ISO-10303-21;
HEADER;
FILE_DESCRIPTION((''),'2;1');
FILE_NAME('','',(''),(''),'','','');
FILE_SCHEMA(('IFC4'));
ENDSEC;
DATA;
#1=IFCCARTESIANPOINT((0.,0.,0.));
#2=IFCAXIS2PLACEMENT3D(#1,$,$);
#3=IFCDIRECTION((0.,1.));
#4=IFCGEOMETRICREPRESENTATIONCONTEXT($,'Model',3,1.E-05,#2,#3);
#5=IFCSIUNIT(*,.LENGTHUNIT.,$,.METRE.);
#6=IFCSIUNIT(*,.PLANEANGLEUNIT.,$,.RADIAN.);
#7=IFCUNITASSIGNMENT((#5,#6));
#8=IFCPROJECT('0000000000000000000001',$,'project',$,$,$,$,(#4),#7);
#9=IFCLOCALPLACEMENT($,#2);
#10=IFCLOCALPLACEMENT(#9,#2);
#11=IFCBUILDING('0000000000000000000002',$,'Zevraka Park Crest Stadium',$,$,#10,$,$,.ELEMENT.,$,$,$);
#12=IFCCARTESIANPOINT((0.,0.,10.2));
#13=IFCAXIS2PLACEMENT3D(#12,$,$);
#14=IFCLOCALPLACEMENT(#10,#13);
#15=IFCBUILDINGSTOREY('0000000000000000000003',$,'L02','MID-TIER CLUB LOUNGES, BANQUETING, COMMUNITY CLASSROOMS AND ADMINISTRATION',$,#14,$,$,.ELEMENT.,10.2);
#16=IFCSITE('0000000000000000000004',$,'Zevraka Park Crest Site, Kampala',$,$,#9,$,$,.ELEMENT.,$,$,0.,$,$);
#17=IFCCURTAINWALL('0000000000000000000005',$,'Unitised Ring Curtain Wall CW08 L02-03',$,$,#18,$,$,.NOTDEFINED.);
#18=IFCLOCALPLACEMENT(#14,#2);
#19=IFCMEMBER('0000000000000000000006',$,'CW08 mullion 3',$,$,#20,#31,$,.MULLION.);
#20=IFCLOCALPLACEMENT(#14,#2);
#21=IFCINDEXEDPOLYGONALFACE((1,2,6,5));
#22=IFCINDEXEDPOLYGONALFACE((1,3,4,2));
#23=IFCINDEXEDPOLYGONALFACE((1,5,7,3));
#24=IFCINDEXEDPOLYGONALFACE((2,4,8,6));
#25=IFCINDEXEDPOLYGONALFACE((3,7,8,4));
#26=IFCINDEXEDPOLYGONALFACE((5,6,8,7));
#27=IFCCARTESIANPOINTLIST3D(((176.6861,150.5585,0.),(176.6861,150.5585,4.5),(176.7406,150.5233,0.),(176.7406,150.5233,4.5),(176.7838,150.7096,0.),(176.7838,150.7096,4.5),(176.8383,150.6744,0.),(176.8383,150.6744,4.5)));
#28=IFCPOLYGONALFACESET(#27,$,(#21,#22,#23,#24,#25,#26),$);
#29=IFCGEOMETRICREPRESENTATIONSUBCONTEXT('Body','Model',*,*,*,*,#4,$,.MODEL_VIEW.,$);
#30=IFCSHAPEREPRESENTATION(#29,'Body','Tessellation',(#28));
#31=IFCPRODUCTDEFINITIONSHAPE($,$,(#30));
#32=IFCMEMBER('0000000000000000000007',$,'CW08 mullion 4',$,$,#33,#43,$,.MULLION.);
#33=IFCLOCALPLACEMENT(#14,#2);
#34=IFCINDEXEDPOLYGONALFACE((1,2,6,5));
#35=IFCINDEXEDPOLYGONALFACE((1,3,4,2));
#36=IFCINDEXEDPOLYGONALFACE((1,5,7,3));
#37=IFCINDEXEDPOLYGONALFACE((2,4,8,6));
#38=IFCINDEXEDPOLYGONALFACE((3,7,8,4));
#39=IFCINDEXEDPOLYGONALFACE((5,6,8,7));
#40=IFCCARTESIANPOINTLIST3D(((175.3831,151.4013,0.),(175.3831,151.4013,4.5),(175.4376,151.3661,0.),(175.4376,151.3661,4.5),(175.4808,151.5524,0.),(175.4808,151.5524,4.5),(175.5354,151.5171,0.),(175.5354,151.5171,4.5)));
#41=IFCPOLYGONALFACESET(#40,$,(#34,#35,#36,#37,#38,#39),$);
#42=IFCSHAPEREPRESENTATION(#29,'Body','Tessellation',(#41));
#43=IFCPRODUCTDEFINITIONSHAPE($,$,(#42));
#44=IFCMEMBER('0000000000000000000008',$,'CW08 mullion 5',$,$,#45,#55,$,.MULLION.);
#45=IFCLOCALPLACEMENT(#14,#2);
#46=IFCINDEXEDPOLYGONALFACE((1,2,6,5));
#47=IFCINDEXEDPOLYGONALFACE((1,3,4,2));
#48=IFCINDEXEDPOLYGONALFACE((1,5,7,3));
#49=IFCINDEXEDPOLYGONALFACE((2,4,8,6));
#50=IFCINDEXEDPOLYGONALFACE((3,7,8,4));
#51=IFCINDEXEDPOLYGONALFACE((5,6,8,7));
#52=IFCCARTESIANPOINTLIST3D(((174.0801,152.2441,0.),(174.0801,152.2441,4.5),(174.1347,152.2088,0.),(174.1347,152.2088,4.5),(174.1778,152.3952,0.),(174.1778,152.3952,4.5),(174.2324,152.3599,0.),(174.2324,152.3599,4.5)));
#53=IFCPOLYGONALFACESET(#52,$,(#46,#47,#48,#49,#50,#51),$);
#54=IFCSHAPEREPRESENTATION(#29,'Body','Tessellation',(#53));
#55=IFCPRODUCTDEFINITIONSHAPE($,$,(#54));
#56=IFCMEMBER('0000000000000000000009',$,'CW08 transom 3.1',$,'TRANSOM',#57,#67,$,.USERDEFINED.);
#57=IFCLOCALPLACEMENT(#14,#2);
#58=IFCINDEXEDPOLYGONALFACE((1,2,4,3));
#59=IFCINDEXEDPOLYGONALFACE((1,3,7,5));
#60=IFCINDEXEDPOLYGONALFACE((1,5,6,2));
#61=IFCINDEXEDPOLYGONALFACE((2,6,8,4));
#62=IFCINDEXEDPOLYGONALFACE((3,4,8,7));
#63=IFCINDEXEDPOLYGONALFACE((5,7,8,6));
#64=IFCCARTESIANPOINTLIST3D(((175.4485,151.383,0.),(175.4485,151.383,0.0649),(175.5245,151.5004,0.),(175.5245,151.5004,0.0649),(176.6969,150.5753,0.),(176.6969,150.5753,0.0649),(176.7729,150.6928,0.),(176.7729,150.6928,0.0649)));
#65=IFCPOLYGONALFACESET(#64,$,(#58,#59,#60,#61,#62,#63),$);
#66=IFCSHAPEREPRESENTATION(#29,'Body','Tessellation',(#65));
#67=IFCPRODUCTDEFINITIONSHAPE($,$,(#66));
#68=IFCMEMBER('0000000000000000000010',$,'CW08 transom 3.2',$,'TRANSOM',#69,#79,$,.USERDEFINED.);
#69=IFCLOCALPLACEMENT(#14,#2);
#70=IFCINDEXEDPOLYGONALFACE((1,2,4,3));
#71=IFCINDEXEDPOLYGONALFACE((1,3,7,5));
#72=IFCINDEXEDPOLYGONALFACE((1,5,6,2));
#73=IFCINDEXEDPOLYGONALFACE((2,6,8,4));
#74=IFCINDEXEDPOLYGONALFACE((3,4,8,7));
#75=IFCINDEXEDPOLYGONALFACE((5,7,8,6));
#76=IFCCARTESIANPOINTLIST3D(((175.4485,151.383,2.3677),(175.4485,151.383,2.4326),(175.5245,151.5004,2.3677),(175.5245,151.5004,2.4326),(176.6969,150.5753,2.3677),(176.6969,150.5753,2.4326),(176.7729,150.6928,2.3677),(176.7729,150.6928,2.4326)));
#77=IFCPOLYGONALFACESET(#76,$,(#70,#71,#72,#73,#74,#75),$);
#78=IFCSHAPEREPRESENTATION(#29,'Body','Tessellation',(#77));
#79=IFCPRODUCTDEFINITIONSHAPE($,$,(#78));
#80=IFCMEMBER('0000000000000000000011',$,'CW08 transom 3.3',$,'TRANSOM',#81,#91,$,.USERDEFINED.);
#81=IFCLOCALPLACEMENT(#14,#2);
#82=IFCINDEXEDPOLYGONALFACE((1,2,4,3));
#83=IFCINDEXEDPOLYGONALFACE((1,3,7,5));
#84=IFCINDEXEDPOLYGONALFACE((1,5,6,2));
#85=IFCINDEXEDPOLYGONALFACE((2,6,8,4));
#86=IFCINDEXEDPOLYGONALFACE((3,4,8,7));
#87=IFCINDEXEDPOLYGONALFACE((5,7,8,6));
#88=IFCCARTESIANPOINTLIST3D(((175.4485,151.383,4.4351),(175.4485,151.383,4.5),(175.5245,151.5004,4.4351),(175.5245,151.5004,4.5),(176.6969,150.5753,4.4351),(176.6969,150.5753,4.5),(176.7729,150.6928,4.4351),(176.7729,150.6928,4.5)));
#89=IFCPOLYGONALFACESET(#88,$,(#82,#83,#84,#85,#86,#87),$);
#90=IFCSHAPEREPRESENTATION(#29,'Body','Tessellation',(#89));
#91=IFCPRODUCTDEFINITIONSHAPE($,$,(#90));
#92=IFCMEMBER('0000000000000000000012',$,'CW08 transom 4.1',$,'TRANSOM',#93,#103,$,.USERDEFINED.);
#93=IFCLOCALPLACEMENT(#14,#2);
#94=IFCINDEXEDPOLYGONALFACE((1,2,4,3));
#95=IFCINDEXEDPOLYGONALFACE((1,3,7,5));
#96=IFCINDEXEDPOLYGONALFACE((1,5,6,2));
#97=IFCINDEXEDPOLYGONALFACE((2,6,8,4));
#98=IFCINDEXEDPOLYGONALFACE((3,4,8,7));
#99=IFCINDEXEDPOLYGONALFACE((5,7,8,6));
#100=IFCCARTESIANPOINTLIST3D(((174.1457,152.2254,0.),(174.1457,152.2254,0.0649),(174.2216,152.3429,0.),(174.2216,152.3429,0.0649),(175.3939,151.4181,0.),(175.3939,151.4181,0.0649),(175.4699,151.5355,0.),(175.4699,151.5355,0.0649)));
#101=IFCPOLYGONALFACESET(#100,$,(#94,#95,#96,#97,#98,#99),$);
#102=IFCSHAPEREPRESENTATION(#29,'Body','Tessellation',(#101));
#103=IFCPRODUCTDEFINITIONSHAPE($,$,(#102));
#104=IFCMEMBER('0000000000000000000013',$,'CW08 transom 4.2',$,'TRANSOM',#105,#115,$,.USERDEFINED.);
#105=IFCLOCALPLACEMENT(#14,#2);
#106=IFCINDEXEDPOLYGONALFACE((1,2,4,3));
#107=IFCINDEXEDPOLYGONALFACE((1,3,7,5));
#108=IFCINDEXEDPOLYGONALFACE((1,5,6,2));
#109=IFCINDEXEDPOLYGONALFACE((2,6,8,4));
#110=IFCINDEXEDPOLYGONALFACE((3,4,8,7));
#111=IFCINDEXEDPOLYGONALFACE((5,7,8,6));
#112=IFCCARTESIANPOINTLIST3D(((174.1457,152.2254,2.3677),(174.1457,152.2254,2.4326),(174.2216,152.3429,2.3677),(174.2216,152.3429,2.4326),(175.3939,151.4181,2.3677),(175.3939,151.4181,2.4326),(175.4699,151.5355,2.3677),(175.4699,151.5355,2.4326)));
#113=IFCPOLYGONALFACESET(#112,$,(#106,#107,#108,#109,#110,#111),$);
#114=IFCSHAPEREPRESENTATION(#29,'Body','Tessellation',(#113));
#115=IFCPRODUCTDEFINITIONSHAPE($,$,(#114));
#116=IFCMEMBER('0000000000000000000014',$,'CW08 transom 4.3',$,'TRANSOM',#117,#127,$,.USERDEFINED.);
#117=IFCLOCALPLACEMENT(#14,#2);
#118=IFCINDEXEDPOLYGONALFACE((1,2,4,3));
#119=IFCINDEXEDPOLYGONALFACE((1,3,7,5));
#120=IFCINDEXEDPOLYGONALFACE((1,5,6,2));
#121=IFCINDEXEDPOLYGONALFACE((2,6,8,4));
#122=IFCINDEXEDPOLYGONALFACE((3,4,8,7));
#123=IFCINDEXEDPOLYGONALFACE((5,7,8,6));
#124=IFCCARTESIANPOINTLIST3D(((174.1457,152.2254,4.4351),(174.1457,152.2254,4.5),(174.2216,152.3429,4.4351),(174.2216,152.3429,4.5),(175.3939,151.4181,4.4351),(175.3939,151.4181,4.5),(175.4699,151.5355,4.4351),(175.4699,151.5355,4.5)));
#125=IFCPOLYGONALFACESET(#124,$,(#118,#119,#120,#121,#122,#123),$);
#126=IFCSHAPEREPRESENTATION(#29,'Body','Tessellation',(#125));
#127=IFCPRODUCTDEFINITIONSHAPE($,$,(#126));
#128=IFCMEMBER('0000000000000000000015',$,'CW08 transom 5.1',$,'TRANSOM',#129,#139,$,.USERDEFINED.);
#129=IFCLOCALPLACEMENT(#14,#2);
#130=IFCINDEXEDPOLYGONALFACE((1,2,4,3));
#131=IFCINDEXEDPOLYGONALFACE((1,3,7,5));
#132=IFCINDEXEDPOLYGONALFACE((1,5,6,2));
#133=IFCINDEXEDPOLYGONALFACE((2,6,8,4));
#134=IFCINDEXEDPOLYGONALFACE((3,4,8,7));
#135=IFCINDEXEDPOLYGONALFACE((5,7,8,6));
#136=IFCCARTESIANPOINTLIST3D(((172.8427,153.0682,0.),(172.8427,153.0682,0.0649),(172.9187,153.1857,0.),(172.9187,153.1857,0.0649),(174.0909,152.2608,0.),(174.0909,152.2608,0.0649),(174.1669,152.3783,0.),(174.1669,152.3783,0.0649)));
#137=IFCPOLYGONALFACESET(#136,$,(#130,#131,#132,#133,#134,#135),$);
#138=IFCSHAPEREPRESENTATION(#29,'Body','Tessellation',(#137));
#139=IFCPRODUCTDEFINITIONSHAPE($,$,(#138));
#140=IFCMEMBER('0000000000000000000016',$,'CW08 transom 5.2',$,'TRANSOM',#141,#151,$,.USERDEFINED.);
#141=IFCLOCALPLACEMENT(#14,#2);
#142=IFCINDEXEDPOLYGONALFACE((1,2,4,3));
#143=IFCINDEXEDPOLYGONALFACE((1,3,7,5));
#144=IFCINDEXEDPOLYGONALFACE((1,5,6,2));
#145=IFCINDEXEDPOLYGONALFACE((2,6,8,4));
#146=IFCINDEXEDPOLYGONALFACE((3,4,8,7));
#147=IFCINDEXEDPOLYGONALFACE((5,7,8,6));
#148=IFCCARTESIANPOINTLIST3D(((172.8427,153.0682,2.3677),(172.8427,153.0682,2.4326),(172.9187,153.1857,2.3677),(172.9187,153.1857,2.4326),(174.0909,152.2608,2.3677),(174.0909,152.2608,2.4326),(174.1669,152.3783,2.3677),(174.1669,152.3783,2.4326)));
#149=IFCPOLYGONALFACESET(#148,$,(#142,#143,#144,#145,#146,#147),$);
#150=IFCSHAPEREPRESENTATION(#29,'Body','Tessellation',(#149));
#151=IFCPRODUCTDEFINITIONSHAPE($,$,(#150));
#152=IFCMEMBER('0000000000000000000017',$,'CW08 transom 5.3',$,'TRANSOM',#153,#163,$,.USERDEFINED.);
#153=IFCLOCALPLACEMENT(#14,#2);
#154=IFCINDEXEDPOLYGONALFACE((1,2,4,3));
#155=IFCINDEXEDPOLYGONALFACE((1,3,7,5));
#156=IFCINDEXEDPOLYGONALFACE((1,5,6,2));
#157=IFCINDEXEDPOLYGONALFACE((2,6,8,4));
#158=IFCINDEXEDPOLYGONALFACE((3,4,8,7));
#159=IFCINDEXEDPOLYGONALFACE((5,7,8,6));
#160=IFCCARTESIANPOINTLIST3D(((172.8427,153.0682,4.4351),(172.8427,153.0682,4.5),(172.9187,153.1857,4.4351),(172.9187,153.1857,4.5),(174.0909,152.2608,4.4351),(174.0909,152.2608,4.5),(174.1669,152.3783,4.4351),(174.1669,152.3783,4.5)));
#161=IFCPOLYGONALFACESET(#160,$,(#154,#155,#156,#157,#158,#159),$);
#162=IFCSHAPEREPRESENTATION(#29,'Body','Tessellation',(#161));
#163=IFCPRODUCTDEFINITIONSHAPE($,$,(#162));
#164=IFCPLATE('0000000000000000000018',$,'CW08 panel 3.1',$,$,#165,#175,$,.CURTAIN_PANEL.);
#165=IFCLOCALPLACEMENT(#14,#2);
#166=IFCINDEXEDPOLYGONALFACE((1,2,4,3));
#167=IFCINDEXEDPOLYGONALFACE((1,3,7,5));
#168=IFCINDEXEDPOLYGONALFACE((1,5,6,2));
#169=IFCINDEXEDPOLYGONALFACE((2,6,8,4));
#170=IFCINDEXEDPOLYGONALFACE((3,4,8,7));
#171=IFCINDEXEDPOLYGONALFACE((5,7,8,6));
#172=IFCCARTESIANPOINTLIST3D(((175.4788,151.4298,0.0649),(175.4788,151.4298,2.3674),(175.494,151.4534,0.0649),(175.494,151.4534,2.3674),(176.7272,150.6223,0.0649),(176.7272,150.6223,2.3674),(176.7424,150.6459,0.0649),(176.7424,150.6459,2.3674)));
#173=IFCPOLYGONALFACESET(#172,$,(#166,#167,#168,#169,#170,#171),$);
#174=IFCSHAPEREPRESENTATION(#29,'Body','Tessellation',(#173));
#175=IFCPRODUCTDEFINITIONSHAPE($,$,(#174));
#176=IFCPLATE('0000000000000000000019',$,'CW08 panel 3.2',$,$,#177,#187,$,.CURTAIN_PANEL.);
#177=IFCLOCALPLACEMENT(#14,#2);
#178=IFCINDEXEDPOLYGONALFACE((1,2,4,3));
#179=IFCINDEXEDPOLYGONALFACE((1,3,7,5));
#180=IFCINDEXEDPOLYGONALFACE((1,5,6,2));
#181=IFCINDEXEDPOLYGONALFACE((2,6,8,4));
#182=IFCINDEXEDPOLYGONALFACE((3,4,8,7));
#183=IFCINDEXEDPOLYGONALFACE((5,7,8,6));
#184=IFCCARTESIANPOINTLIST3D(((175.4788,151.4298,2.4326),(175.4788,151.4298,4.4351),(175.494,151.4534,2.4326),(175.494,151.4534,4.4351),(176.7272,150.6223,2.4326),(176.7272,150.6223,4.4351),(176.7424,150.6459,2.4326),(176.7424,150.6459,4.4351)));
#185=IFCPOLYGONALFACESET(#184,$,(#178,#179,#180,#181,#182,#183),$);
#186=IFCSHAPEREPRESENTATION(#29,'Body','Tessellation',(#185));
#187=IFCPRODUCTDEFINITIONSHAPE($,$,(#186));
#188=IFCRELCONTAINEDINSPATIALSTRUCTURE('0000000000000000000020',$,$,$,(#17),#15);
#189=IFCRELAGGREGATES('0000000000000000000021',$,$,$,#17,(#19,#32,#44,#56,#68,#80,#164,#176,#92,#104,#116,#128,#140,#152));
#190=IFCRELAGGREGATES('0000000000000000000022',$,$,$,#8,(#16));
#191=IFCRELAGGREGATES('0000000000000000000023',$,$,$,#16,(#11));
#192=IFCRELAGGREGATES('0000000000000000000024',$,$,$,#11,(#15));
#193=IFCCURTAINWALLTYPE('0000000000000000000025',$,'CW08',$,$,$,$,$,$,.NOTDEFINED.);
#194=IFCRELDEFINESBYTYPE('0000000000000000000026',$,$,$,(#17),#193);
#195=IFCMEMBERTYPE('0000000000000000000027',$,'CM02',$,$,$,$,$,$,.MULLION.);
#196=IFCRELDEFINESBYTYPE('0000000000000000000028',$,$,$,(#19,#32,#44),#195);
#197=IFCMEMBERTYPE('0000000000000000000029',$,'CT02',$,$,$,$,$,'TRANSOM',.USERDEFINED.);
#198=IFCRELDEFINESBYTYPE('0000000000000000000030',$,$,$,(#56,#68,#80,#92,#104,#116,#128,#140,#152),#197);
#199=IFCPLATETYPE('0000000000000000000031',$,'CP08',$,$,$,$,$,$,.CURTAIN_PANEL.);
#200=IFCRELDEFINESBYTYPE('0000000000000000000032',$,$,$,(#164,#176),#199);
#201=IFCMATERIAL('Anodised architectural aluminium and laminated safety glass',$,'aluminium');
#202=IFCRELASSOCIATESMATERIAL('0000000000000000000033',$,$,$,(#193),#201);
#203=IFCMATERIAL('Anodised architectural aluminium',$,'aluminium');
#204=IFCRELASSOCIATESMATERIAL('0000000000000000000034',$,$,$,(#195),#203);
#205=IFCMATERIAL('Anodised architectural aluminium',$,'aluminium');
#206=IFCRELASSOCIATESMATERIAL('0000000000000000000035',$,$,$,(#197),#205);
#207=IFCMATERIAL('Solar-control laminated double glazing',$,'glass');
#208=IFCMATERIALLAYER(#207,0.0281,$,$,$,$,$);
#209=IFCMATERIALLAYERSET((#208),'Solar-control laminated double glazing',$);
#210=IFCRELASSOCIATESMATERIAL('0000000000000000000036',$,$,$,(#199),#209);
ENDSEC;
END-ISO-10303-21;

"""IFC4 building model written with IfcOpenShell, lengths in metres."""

from ifc_helpers import new_model, si_unit, direction, frame, origin, origin_2d, place, context, subcontext, project, spatial, rectangle, extrude, material, layer, layer_set, material_profile, profile_set, type_object, element, aggregate, save


model = new_model("IFC4")

# Units and contexts
model_context = context("Model", 3, precision=1e-05, world=origin(), true_north=direction((0.0, 1.0)))
body_context = subcontext(model_context, "Body", "Model", "MODEL_VIEW")
ifc_project = project(units=[si_unit("LENGTHUNIT", "METRE"), si_unit("PLANEANGLEUNIT", "RADIAN")], contexts=[model_context])

# Site, building, storey
site_placement = place(None, origin())
site = spatial("IfcSite", under=ifc_project, at=site_placement, Name="Zevraka Park Crest Site, Kampala", CompositionType="ELEMENT", RefElevation=0.0)
building_placement = place(site_placement, origin())
building = spatial("IfcBuilding", under=site, at=building_placement, Name="Zevraka Park Crest Stadium", CompositionType="ELEMENT")
storey_placement = place(building_placement, frame((0.0, 0.0, 10.2)))
storey = spatial("IfcBuildingStorey", under=building, at=storey_placement, Name="L02", Description="MID-TIER CLUB LOUNGES, BANQUETING, COMMUNITY CLASSROOMS AND ADMINISTRATION", CompositionType="ELEMENT", Elevation=10.2)

# Curtain wall, members, plates
ifc_material_1 = material(Name="Anodised architectural aluminium and laminated safety glass", Category="aluminium")
curtain_wall_type = type_object("IfcCurtainWallType", Name="CW08", PredefinedType="NOTDEFINED", material=ifc_material_1)
curtain_wall_placement = place(storey_placement, origin())
curtain_wall = element("IfcCurtainWall", 1, at=curtain_wall_placement, inside=storey, type_object=curtain_wall_type, Name="Unitised Ring Curtain Wall CW08 L02-03", PredefinedType="NOTDEFINED")
ifc_material_2 = material(Name="Anodised architectural aluminium", Category="aluminium")
ifc_material_profile_1 = material_profile(ifc_material_2, rectangle(XDim=0.1799, YDim=0.0649, at=origin_2d()), Name="ALU MULLION 180x65")
ifc_profile_set_1 = profile_set([ifc_material_profile_1], Name="Anodised architectural aluminium")
member_type_1 = type_object("IfcMemberType", Name="CM02", PredefinedType="MULLION", material=ifc_profile_set_1)
member_1_placement = place(storey_placement, frame((176.7622, 150.6165, 0.0), z_axis=(0.0, 0.0, 1.0), x_axis=(-0.543096, -0.83967, 0.0)))
member_1 = element("IfcMember", 2, at=member_1_placement, type_object=member_type_1, Name="CW08 mullion 3", PredefinedType="MULLION", context=body_context, shape_type="SweptSolid", body=[
    extrude(rectangle(XDim=0.1799, YDim=0.0649, at=origin_2d()), origin(), (0.0, 0.0, 1.0), 4.5),
])
member_2_placement = place(storey_placement, frame((175.4592, 151.4592, 0.0), z_axis=(0.0, 0.0, 1.0), x_axis=(-0.543096, -0.83967, 0.0)))
member_2 = element("IfcMember", 3, at=member_2_placement, type_object=member_type_1, Name="CW08 mullion 4", PredefinedType="MULLION", context=body_context, shape_type="SweptSolid", body=[
    extrude(rectangle(XDim=0.1799, YDim=0.0649, at=origin_2d()), origin(), (0.0, 0.0, 1.0), 4.5),
])
member_3_placement = place(storey_placement, frame((174.1562, 152.302, 0.0), z_axis=(0.0, 0.0, 1.0), x_axis=(-0.543096, -0.83967, 0.0)))
member_3 = element("IfcMember", 4, at=member_3_placement, type_object=member_type_1, Name="CW08 mullion 5", PredefinedType="MULLION", context=body_context, shape_type="SweptSolid", body=[
    extrude(rectangle(XDim=0.1799, YDim=0.0649, at=origin_2d()), origin(), (0.0, 0.0, 1.0), 4.5),
])
ifc_material_3 = material(Name="Anodised architectural aluminium", Category="aluminium")
ifc_material_profile_2 = material_profile(ifc_material_3, rectangle(XDim=0.1399, YDim=0.0649, at=origin_2d()), Name="ALU TRANSOM 140x65")
ifc_profile_set_2 = profile_set([ifc_material_profile_2], Name="Anodised architectural aluminium")
member_type_2 = type_object("IfcMemberType", Name="CT02", ElementType="TRANSOM", PredefinedType="USERDEFINED", material=ifc_profile_set_2)
member_4_placement = place(storey_placement, frame((176.7349, 150.634, 0.0325), z_axis=(-0.839601, 0.543204, 0.0), x_axis=(-0.543204, -0.839601, 0.0)))
member_4 = element("IfcMember", 5, at=member_4_placement, type_object=member_type_2, Name="CW08 transom 3.1", ObjectType="TRANSOM", PredefinedType="USERDEFINED", context=body_context, shape_type="SweptSolid", body=[
    extrude(rectangle(XDim=0.1399, YDim=0.0649, at=origin_2d()), origin(), (0.0, 0.0, 1.0), 1.4868),
])
member_5_placement = place(storey_placement, frame((176.7349, 150.634, 2.4001), z_axis=(-0.839601, 0.543204, 0.0), x_axis=(-0.543204, -0.839601, 0.0)))
member_5 = element("IfcMember", 6, at=member_5_placement, type_object=member_type_2, Name="CW08 transom 3.2", ObjectType="TRANSOM", PredefinedType="USERDEFINED", context=body_context, shape_type="SweptSolid", body=[
    extrude(rectangle(XDim=0.1399, YDim=0.0649, at=origin_2d()), origin(), (0.0, 0.0, 1.0), 1.4868),
])
member_6_placement = place(storey_placement, frame((176.7349, 150.634, 4.4675), z_axis=(-0.839601, 0.543204, 0.0), x_axis=(-0.543204, -0.839601, 0.0)))
member_6 = element("IfcMember", 7, at=member_6_placement, type_object=member_type_2, Name="CW08 transom 3.3", ObjectType="TRANSOM", PredefinedType="USERDEFINED", context=body_context, shape_type="SweptSolid", body=[
    extrude(rectangle(XDim=0.1399, YDim=0.0649, at=origin_2d()), origin(), (0.0, 0.0, 1.0), 1.4868),
])
member_7_placement = place(storey_placement, frame((175.4319, 151.4768, 0.0325), z_axis=(-0.839676, 0.543088, 0.0), x_axis=(-0.543088, -0.839676, 0.0)))
member_7 = element("IfcMember", 8, at=member_7_placement, type_object=member_type_2, Name="CW08 transom 4.1", ObjectType="TRANSOM", PredefinedType="USERDEFINED", context=body_context, shape_type="SweptSolid", body=[
    extrude(rectangle(XDim=0.1399, YDim=0.0649, at=origin_2d()), origin(), (0.0, 0.0, 1.0), 1.4866),
])
member_8_placement = place(storey_placement, frame((175.4319, 151.4768, 2.4001), z_axis=(-0.839676, 0.543088, 0.0), x_axis=(-0.543088, -0.839676, 0.0)))
member_8 = element("IfcMember", 9, at=member_8_placement, type_object=member_type_2, Name="CW08 transom 4.2", ObjectType="TRANSOM", PredefinedType="USERDEFINED", context=body_context, shape_type="SweptSolid", body=[
    extrude(rectangle(XDim=0.1399, YDim=0.0649, at=origin_2d()), origin(), (0.0, 0.0, 1.0), 1.4866),
])
member_9_placement = place(storey_placement, frame((175.4319, 151.4768, 4.4675), z_axis=(-0.839676, 0.543088, 0.0), x_axis=(-0.543088, -0.839676, 0.0)))
member_9 = element("IfcMember", 10, at=member_9_placement, type_object=member_type_2, Name="CW08 transom 4.3", ObjectType="TRANSOM", PredefinedType="USERDEFINED", context=body_context, shape_type="SweptSolid", body=[
    extrude(rectangle(XDim=0.1399, YDim=0.0649, at=origin_2d()), origin(), (0.0, 0.0, 1.0), 1.4866),
])
member_10_placement = place(storey_placement, frame((174.1289, 152.3196, 0.0325), z_axis=(-0.839676, 0.543088, 0.0), x_axis=(-0.543088, -0.839676, 0.0)))
member_10 = element("IfcMember", 11, at=member_10_placement, type_object=member_type_2, Name="CW08 transom 5.1", ObjectType="TRANSOM", PredefinedType="USERDEFINED", context=body_context, shape_type="SweptSolid", body=[
    extrude(rectangle(XDim=0.1399, YDim=0.0649, at=origin_2d()), origin(), (0.0, 0.0, 1.0), 1.4866),
])
member_11_placement = place(storey_placement, frame((174.1289, 152.3196, 2.4001), z_axis=(-0.839676, 0.543088, 0.0), x_axis=(-0.543088, -0.839676, 0.0)))
member_11 = element("IfcMember", 12, at=member_11_placement, type_object=member_type_2, Name="CW08 transom 5.2", ObjectType="TRANSOM", PredefinedType="USERDEFINED", context=body_context, shape_type="SweptSolid", body=[
    extrude(rectangle(XDim=0.1399, YDim=0.0649, at=origin_2d()), origin(), (0.0, 0.0, 1.0), 1.4866),
])
member_12_placement = place(storey_placement, frame((174.1289, 152.3196, 4.4675), z_axis=(-0.839676, 0.543088, 0.0), x_axis=(-0.543088, -0.839676, 0.0)))
member_12 = element("IfcMember", 13, at=member_12_placement, type_object=member_type_2, Name="CW08 transom 5.3", ObjectType="TRANSOM", PredefinedType="USERDEFINED", context=body_context, shape_type="SweptSolid", body=[
    extrude(rectangle(XDim=0.1399, YDim=0.0649, at=origin_2d()), origin(), (0.0, 0.0, 1.0), 1.4866),
])
ifc_material_4 = material(Name="Solar-control laminated double glazing", Category="glass")
ifc_layer_1 = layer(ifc_material_4, 0.0281)
ifc_layer_set_1 = layer_set([ifc_layer_1], Name="Solar-control laminated double glazing")
plate_type = type_object("IfcPlateType", Name="CP08", PredefinedType="CURTAIN_PANEL", material=ifc_layer_set_1)
plate_1_placement = place(storey_placement, frame((176.1106, 151.0378, 0.0649), z_axis=(0.0, 0.0, 1.0), x_axis=(-0.83967, 0.543096, 0.0)))
plate_1 = element("IfcPlate", 14, at=plate_1_placement, type_object=plate_type, Name="CW08 panel 3.1", PredefinedType="CURTAIN_PANEL", context=body_context, shape_type="SweptSolid", body=[
    extrude(rectangle(XDim=1.4868, YDim=0.0281, at=origin_2d()), origin(), (0.0, 0.0, 1.0), 2.3025),
])
plate_2_placement = place(storey_placement, frame((176.1106, 151.0378, 2.4326), z_axis=(0.0, 0.0, 1.0), x_axis=(-0.83967, 0.543096, 0.0)))
plate_2 = element("IfcPlate", 15, at=plate_2_placement, type_object=plate_type, Name="CW08 panel 3.2", PredefinedType="CURTAIN_PANEL", context=body_context, shape_type="SweptSolid", body=[
    extrude(rectangle(XDim=1.4868, YDim=0.0281, at=origin_2d()), origin(), (0.0, 0.0, 1.0), 2.0024),
])
aggregate(curtain_wall, [member_1, member_2, member_3, member_4, member_5, member_6, plate_1, plate_2, member_7, member_8, member_9, member_10, member_11, member_12])

save(model, "model.ifc")
